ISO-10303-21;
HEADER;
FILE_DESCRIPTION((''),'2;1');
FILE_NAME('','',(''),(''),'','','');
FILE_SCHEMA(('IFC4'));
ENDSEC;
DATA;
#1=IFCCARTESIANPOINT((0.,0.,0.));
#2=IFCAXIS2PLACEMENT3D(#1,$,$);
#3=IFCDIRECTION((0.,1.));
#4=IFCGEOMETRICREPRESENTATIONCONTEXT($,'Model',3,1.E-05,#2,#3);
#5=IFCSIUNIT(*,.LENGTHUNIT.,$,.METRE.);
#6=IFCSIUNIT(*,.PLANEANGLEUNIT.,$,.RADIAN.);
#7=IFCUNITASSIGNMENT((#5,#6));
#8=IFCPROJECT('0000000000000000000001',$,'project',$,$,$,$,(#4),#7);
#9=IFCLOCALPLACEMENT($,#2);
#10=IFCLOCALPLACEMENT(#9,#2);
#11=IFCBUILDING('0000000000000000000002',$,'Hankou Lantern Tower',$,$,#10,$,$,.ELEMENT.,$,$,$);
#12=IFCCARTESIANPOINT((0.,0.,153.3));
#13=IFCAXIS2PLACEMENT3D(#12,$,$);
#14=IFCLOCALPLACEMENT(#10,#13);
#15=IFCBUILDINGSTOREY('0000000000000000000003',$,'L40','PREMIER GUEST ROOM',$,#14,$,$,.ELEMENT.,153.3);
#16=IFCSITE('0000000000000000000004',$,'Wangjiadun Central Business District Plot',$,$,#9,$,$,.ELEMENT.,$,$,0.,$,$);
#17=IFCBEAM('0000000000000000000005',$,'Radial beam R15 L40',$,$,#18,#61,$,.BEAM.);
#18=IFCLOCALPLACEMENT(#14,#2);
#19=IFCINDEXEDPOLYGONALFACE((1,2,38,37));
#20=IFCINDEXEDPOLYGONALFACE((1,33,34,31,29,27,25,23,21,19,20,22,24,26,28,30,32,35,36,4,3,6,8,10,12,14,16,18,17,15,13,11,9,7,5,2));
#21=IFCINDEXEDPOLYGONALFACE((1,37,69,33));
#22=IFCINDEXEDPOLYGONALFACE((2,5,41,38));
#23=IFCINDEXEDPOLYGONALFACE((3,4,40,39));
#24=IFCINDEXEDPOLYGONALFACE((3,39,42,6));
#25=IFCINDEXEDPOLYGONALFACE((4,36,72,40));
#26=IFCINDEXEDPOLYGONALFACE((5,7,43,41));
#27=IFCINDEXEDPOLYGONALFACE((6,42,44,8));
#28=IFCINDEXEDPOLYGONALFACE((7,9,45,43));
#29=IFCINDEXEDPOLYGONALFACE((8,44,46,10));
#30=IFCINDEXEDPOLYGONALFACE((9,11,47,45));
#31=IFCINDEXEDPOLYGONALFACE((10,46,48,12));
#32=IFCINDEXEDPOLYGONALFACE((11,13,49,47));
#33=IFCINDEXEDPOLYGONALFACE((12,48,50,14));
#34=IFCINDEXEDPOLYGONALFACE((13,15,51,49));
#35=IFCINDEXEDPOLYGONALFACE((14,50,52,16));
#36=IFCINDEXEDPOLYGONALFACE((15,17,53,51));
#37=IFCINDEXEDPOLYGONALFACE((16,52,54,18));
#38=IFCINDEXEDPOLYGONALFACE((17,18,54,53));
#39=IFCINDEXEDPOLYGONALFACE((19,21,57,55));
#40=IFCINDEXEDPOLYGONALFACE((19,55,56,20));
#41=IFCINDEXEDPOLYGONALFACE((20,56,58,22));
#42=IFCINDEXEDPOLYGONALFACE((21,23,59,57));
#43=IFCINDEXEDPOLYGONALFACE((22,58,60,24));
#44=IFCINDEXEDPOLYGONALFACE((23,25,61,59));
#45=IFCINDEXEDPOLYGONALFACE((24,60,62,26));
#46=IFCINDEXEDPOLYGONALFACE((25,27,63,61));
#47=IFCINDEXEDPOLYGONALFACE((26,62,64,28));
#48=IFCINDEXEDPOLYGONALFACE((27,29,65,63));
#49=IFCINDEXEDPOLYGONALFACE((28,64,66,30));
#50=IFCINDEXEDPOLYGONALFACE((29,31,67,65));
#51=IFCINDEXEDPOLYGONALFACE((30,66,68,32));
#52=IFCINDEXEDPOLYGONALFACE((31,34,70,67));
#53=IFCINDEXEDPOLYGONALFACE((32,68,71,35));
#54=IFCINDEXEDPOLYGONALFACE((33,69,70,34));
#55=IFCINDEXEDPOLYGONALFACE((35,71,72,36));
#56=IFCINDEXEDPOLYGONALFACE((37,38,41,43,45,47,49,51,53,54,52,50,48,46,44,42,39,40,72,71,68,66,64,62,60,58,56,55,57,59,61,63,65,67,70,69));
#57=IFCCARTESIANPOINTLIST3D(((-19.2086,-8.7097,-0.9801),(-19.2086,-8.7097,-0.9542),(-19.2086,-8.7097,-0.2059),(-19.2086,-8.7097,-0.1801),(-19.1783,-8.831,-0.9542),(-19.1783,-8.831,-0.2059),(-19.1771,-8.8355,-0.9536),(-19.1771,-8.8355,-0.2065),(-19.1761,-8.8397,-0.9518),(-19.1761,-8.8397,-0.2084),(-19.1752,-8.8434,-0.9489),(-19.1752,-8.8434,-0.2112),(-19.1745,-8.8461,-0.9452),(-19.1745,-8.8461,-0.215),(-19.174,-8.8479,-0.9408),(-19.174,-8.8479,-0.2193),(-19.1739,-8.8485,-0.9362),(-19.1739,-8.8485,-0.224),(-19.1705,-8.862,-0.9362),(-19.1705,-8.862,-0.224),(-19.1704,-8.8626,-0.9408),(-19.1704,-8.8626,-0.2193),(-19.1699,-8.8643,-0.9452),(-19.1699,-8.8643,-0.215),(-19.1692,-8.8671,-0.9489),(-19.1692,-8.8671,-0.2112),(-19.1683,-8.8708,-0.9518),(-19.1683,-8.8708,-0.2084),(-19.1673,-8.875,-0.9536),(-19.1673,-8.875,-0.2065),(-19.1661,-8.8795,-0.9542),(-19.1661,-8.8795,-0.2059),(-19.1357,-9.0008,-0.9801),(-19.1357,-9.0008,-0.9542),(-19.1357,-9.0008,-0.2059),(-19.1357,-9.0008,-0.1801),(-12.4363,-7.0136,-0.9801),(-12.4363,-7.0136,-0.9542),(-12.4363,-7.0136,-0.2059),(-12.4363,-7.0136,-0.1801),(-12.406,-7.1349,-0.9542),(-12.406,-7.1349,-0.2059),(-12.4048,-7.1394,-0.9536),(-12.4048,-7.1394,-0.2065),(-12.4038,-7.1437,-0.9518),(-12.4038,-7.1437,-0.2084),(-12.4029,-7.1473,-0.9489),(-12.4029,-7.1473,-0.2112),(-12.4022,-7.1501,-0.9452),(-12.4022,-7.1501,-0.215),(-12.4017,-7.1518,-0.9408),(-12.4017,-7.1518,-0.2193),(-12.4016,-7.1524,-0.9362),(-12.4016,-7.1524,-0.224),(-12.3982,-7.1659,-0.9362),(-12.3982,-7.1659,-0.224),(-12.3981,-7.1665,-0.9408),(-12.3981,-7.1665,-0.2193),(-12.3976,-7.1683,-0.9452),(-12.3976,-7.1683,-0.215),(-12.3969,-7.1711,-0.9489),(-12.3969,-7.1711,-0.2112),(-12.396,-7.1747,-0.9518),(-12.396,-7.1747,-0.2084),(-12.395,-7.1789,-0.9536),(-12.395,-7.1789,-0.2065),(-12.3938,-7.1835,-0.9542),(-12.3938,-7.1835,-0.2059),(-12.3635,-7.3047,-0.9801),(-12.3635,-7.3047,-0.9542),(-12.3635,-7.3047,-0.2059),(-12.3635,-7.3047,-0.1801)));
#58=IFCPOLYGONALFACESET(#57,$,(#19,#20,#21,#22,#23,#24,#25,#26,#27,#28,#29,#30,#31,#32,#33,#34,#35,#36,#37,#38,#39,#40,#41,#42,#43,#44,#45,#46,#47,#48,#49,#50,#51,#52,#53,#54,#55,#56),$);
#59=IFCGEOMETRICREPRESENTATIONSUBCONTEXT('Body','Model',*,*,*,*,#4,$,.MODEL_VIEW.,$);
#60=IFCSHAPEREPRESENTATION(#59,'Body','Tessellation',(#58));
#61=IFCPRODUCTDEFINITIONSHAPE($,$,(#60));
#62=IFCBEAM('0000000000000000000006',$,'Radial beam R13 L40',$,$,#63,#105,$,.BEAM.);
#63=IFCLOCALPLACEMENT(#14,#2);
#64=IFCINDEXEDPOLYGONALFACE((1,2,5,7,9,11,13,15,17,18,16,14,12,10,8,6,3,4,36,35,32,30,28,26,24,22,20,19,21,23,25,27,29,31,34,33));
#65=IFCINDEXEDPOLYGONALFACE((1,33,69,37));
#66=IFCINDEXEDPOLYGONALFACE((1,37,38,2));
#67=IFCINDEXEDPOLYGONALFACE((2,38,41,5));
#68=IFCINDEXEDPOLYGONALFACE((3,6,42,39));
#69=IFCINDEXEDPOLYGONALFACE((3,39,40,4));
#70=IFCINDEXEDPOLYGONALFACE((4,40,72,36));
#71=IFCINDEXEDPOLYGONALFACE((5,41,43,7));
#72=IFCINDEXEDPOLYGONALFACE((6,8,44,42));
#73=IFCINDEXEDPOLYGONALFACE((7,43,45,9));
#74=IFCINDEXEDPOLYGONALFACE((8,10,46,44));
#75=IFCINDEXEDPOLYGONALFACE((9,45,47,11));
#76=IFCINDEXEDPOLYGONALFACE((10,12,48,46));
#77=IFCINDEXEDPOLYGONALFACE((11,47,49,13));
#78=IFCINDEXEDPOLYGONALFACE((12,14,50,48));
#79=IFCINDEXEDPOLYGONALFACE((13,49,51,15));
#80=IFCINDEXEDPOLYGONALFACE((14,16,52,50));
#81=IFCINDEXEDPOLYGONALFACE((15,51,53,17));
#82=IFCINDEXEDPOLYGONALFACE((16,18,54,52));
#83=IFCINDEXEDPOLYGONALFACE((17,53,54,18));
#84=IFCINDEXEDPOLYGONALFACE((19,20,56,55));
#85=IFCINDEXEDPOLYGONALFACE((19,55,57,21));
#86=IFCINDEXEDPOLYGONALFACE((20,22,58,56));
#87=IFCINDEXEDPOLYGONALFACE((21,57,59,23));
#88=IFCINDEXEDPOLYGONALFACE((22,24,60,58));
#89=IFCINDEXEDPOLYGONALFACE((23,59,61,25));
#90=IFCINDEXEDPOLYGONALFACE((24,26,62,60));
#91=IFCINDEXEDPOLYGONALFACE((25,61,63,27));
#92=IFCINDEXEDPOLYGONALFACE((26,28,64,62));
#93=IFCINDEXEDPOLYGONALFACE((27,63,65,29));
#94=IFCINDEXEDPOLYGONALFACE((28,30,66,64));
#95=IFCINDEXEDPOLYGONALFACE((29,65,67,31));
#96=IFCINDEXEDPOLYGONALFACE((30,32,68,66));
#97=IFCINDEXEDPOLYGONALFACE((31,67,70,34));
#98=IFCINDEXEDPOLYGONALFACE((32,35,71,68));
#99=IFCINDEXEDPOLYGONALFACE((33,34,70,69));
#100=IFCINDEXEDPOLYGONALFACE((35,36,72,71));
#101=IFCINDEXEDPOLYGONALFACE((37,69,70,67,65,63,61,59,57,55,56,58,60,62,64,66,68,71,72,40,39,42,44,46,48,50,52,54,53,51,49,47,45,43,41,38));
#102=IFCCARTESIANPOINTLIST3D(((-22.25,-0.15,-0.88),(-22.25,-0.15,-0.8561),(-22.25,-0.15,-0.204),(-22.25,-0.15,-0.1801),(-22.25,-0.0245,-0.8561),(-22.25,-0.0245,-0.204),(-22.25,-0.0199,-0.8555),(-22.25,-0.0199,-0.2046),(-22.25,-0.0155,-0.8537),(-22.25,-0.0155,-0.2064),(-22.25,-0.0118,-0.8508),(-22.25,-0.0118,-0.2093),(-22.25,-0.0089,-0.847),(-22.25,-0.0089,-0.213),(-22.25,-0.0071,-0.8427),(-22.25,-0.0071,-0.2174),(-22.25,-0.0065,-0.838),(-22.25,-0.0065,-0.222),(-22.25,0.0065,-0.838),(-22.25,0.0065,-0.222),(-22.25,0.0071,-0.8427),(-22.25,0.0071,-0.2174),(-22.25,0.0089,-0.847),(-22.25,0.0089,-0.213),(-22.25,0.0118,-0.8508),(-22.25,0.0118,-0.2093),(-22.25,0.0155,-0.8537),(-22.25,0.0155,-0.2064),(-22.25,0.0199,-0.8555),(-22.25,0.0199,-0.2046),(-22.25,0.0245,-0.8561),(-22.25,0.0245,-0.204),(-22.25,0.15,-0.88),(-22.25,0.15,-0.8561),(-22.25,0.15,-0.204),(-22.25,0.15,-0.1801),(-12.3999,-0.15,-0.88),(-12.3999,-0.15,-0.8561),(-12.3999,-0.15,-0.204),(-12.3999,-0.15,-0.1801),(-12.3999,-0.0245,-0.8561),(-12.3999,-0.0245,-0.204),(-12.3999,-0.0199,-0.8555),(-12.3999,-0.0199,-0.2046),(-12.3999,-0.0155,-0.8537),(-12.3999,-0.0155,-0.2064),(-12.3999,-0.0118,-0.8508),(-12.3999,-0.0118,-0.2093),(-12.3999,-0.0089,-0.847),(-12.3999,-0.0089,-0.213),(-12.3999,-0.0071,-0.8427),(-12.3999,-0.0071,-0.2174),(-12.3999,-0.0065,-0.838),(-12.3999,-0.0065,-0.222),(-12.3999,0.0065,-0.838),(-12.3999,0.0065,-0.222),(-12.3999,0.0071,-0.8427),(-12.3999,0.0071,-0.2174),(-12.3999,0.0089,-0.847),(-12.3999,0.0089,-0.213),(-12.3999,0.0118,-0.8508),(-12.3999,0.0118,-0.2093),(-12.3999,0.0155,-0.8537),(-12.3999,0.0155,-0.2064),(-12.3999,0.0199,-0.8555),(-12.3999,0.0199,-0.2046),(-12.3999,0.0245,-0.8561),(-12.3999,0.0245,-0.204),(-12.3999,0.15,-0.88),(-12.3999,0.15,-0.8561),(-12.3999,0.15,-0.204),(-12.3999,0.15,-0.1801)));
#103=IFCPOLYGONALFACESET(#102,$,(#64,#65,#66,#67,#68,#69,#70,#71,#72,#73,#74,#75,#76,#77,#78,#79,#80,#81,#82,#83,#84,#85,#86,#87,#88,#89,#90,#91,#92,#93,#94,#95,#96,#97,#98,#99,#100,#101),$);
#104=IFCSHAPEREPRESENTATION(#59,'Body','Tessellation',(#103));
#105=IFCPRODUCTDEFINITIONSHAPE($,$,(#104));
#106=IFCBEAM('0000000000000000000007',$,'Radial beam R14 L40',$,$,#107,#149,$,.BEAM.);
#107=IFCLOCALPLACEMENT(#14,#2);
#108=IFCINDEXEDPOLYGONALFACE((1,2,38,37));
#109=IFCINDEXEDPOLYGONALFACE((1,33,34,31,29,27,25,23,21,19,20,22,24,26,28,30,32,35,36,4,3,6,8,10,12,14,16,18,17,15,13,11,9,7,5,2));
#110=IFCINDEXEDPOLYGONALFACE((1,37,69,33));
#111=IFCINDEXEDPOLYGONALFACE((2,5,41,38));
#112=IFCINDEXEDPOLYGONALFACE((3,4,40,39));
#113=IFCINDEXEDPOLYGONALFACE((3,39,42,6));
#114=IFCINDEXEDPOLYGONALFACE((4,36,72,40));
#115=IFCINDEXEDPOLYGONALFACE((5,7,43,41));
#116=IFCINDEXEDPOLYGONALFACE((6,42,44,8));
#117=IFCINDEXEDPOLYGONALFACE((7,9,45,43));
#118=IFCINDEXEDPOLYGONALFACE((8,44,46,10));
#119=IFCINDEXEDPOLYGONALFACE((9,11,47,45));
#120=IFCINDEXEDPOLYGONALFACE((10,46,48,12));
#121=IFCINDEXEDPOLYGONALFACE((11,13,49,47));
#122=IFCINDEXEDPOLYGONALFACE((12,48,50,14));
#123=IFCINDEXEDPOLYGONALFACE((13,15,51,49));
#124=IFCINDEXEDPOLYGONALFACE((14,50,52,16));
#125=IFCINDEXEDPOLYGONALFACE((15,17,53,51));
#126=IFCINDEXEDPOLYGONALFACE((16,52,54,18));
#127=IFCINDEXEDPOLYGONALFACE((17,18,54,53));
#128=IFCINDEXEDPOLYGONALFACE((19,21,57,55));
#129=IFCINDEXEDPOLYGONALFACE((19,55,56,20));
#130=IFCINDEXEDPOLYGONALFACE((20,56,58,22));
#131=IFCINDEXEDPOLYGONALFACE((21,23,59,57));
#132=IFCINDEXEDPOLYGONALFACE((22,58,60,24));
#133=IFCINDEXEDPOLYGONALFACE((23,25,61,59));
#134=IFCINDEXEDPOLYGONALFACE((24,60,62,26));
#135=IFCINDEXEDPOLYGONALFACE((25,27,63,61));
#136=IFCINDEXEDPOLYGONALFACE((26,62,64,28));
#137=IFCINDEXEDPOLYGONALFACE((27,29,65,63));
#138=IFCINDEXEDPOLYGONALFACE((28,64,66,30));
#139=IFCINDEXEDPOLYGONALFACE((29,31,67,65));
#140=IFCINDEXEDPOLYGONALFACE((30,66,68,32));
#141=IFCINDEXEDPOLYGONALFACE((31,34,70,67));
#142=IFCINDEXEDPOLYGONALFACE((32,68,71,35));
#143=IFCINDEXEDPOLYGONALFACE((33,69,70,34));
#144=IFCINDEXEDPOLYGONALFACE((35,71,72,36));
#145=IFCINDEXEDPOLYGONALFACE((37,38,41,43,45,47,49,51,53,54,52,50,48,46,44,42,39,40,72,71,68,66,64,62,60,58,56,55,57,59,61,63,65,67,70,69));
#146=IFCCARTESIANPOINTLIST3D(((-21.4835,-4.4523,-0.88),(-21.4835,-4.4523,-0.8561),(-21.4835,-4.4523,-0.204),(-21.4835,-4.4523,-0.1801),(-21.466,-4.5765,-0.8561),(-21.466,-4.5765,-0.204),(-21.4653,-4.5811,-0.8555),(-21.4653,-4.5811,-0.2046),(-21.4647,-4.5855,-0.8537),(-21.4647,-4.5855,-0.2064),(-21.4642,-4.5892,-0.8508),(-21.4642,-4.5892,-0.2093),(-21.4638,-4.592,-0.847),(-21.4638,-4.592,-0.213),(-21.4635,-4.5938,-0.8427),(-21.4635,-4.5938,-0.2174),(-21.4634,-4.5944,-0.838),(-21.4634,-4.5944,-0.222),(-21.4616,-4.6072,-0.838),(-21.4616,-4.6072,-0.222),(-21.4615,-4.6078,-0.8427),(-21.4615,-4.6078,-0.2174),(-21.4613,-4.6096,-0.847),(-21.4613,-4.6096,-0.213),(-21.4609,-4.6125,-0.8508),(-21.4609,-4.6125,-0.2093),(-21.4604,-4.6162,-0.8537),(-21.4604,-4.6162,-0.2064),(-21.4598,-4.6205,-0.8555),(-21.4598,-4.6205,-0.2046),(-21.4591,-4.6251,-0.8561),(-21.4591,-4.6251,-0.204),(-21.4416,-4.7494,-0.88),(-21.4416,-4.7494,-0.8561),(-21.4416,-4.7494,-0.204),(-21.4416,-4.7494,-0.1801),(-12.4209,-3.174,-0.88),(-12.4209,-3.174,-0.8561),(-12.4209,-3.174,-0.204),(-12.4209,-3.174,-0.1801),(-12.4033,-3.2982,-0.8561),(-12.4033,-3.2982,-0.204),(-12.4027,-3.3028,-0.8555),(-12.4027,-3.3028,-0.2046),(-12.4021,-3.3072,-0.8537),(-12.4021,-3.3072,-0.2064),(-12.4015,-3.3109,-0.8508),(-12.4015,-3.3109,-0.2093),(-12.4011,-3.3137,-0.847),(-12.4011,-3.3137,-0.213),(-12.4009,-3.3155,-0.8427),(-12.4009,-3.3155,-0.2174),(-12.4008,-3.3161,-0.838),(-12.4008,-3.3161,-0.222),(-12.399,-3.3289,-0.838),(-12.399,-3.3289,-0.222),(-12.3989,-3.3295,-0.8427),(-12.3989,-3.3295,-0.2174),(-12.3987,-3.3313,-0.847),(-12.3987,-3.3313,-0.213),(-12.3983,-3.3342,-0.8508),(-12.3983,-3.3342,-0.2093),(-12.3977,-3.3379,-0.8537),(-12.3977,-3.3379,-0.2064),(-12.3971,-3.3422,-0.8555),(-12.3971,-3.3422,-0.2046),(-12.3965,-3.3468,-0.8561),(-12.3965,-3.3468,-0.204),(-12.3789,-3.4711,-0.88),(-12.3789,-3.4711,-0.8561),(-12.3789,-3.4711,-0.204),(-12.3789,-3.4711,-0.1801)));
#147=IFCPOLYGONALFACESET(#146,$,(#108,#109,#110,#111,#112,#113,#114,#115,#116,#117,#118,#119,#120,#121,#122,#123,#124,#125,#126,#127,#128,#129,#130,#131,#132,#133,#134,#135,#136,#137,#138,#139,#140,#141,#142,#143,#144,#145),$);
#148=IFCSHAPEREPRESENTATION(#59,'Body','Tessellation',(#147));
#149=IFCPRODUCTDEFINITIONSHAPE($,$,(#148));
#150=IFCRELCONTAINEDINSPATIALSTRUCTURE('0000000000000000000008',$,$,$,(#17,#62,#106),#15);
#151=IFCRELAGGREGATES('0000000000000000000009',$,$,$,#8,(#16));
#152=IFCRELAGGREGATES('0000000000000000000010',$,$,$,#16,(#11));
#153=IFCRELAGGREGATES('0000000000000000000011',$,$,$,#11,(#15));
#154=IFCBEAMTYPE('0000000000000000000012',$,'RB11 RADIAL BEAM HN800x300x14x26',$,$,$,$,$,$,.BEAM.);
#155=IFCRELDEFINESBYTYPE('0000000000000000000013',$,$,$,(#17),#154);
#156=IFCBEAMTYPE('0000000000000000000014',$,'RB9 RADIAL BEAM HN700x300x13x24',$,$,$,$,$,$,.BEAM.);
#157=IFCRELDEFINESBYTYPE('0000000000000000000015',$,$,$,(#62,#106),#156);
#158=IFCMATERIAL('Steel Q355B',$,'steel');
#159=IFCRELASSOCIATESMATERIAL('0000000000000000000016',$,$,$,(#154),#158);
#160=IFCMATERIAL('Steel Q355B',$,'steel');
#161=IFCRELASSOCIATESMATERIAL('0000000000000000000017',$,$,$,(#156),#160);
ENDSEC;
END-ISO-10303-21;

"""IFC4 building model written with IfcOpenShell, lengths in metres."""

from ifc_helpers import new_model, si_unit, direction, frame, origin, origin_2d, place, context, subcontext, project, spatial, i_section, extrude, material, material_profile, profile_set, type_object, element, save


model = new_model("IFC4")

# Units and contexts
model_context = context("Model", 3, precision=1e-05, world=origin(), true_north=direction((0.0, 1.0)))
body_context = subcontext(model_context, "Body", "Model", "MODEL_VIEW")
ifc_project = project(units=[si_unit("LENGTHUNIT", "METRE"), si_unit("PLANEANGLEUNIT", "RADIAN")], contexts=[model_context])

# Site, building, storey
site_placement = place(None, origin())
site = spatial("IfcSite", under=ifc_project, at=site_placement, Name="Wangjiadun Central Business District Plot", CompositionType="ELEMENT", RefElevation=0.0)
building_placement = place(site_placement, origin())
building = spatial("IfcBuilding", under=site, at=building_placement, Name="Hankou Lantern Tower", CompositionType="ELEMENT")
storey_placement = place(building_placement, frame((0.0, 0.0, 153.3)))
storey = spatial("IfcBuildingStorey", under=building, at=storey_placement, Name="L40", Description="PREMIER GUEST ROOM", CompositionType="ELEMENT", Elevation=153.3)

# Beams
ifc_material_1 = material(Name="Steel Q355B", Category="steel")
ifc_material_profile_1 = material_profile(ifc_material_1, i_section(OverallWidth=0.3, OverallDepth=0.8, WebThickness=0.0139, FlangeThickness=0.0259, FilletRadius=0.0181, at=origin_2d()), Name="HN800x300x14x26")
ifc_profile_set_1 = profile_set([ifc_material_profile_1], Name="Steel Q355B")
beam_type_1 = type_object("IfcBeamType", Name="RB11 RADIAL BEAM HN800x300x14x26", PredefinedType="BEAM", material=ifc_profile_set_1)
beam_1_placement = place(storey_placement, frame((-12.3999, -7.1592, -0.5801), z_axis=(-0.970042, -0.242939, 0.0), x_axis=(0.242939, -0.970042, 0.0)))
element("IfcBeam", 1, at=beam_1_placement, inside=storey, type_object=beam_type_1, Name="Radial beam R15 L40", PredefinedType="BEAM", context=body_context, shape_type="SweptSolid", body=[
    extrude(i_section(OverallWidth=0.3, OverallDepth=0.8, WebThickness=0.0139, FlangeThickness=0.0259, FilletRadius=0.0181, at=origin_2d()), origin(), (0.0, 0.0, 1.0), 6.9814),
])
ifc_material_2 = material(Name="Steel Q355B", Category="steel")
ifc_material_profile_2 = material_profile(ifc_material_2, i_section(OverallWidth=0.3, OverallDepth=0.7, WebThickness=0.0129, FlangeThickness=0.0239, FilletRadius=0.0181, at=origin_2d()), Name="HN700x300x13x24")
ifc_profile_set_2 = profile_set([ifc_material_profile_2], Name="Steel Q355B")
beam_type_2 = type_object("IfcBeamType", Name="RB9 RADIAL BEAM HN700x300x13x24", PredefinedType="BEAM", material=ifc_profile_set_2)
beam_2_placement = place(storey_placement, frame((-12.3999, 0.0, -0.53), z_axis=(-1.0, 0.0, 0.0), x_axis=(0.0, -1.0, 0.0)))
element("IfcBeam", 2, at=beam_2_placement, inside=storey, type_object=beam_type_2, Name="Radial beam R13 L40", PredefinedType="BEAM", context=body_context, shape_type="SweptSolid", body=[
    extrude(i_section(OverallWidth=0.3, OverallDepth=0.7, WebThickness=0.0129, FlangeThickness=0.0239, FilletRadius=0.0181, at=origin_2d()), origin(), (0.0, 0.0, 1.0), 9.8501),
])
beam_3_placement = place(storey_placement, frame((-12.3999, -3.3225, -0.53), z_axis=(-0.990198, -0.13967, 0.0), x_axis=(0.13967, -0.990198, 0.0)))
element("IfcBeam", 3, at=beam_3_placement, inside=storey, type_object=beam_type_2, Name="Radial beam R14 L40", PredefinedType="BEAM", context=body_context, shape_type="SweptSolid", body=[
    extrude(i_section(OverallWidth=0.3, OverallDepth=0.7, WebThickness=0.0129, FlangeThickness=0.0239, FilletRadius=0.0181, at=origin_2d()), origin(), (0.0, 0.0, 1.0), 9.1523),
])

save(model, "model.ifc")
